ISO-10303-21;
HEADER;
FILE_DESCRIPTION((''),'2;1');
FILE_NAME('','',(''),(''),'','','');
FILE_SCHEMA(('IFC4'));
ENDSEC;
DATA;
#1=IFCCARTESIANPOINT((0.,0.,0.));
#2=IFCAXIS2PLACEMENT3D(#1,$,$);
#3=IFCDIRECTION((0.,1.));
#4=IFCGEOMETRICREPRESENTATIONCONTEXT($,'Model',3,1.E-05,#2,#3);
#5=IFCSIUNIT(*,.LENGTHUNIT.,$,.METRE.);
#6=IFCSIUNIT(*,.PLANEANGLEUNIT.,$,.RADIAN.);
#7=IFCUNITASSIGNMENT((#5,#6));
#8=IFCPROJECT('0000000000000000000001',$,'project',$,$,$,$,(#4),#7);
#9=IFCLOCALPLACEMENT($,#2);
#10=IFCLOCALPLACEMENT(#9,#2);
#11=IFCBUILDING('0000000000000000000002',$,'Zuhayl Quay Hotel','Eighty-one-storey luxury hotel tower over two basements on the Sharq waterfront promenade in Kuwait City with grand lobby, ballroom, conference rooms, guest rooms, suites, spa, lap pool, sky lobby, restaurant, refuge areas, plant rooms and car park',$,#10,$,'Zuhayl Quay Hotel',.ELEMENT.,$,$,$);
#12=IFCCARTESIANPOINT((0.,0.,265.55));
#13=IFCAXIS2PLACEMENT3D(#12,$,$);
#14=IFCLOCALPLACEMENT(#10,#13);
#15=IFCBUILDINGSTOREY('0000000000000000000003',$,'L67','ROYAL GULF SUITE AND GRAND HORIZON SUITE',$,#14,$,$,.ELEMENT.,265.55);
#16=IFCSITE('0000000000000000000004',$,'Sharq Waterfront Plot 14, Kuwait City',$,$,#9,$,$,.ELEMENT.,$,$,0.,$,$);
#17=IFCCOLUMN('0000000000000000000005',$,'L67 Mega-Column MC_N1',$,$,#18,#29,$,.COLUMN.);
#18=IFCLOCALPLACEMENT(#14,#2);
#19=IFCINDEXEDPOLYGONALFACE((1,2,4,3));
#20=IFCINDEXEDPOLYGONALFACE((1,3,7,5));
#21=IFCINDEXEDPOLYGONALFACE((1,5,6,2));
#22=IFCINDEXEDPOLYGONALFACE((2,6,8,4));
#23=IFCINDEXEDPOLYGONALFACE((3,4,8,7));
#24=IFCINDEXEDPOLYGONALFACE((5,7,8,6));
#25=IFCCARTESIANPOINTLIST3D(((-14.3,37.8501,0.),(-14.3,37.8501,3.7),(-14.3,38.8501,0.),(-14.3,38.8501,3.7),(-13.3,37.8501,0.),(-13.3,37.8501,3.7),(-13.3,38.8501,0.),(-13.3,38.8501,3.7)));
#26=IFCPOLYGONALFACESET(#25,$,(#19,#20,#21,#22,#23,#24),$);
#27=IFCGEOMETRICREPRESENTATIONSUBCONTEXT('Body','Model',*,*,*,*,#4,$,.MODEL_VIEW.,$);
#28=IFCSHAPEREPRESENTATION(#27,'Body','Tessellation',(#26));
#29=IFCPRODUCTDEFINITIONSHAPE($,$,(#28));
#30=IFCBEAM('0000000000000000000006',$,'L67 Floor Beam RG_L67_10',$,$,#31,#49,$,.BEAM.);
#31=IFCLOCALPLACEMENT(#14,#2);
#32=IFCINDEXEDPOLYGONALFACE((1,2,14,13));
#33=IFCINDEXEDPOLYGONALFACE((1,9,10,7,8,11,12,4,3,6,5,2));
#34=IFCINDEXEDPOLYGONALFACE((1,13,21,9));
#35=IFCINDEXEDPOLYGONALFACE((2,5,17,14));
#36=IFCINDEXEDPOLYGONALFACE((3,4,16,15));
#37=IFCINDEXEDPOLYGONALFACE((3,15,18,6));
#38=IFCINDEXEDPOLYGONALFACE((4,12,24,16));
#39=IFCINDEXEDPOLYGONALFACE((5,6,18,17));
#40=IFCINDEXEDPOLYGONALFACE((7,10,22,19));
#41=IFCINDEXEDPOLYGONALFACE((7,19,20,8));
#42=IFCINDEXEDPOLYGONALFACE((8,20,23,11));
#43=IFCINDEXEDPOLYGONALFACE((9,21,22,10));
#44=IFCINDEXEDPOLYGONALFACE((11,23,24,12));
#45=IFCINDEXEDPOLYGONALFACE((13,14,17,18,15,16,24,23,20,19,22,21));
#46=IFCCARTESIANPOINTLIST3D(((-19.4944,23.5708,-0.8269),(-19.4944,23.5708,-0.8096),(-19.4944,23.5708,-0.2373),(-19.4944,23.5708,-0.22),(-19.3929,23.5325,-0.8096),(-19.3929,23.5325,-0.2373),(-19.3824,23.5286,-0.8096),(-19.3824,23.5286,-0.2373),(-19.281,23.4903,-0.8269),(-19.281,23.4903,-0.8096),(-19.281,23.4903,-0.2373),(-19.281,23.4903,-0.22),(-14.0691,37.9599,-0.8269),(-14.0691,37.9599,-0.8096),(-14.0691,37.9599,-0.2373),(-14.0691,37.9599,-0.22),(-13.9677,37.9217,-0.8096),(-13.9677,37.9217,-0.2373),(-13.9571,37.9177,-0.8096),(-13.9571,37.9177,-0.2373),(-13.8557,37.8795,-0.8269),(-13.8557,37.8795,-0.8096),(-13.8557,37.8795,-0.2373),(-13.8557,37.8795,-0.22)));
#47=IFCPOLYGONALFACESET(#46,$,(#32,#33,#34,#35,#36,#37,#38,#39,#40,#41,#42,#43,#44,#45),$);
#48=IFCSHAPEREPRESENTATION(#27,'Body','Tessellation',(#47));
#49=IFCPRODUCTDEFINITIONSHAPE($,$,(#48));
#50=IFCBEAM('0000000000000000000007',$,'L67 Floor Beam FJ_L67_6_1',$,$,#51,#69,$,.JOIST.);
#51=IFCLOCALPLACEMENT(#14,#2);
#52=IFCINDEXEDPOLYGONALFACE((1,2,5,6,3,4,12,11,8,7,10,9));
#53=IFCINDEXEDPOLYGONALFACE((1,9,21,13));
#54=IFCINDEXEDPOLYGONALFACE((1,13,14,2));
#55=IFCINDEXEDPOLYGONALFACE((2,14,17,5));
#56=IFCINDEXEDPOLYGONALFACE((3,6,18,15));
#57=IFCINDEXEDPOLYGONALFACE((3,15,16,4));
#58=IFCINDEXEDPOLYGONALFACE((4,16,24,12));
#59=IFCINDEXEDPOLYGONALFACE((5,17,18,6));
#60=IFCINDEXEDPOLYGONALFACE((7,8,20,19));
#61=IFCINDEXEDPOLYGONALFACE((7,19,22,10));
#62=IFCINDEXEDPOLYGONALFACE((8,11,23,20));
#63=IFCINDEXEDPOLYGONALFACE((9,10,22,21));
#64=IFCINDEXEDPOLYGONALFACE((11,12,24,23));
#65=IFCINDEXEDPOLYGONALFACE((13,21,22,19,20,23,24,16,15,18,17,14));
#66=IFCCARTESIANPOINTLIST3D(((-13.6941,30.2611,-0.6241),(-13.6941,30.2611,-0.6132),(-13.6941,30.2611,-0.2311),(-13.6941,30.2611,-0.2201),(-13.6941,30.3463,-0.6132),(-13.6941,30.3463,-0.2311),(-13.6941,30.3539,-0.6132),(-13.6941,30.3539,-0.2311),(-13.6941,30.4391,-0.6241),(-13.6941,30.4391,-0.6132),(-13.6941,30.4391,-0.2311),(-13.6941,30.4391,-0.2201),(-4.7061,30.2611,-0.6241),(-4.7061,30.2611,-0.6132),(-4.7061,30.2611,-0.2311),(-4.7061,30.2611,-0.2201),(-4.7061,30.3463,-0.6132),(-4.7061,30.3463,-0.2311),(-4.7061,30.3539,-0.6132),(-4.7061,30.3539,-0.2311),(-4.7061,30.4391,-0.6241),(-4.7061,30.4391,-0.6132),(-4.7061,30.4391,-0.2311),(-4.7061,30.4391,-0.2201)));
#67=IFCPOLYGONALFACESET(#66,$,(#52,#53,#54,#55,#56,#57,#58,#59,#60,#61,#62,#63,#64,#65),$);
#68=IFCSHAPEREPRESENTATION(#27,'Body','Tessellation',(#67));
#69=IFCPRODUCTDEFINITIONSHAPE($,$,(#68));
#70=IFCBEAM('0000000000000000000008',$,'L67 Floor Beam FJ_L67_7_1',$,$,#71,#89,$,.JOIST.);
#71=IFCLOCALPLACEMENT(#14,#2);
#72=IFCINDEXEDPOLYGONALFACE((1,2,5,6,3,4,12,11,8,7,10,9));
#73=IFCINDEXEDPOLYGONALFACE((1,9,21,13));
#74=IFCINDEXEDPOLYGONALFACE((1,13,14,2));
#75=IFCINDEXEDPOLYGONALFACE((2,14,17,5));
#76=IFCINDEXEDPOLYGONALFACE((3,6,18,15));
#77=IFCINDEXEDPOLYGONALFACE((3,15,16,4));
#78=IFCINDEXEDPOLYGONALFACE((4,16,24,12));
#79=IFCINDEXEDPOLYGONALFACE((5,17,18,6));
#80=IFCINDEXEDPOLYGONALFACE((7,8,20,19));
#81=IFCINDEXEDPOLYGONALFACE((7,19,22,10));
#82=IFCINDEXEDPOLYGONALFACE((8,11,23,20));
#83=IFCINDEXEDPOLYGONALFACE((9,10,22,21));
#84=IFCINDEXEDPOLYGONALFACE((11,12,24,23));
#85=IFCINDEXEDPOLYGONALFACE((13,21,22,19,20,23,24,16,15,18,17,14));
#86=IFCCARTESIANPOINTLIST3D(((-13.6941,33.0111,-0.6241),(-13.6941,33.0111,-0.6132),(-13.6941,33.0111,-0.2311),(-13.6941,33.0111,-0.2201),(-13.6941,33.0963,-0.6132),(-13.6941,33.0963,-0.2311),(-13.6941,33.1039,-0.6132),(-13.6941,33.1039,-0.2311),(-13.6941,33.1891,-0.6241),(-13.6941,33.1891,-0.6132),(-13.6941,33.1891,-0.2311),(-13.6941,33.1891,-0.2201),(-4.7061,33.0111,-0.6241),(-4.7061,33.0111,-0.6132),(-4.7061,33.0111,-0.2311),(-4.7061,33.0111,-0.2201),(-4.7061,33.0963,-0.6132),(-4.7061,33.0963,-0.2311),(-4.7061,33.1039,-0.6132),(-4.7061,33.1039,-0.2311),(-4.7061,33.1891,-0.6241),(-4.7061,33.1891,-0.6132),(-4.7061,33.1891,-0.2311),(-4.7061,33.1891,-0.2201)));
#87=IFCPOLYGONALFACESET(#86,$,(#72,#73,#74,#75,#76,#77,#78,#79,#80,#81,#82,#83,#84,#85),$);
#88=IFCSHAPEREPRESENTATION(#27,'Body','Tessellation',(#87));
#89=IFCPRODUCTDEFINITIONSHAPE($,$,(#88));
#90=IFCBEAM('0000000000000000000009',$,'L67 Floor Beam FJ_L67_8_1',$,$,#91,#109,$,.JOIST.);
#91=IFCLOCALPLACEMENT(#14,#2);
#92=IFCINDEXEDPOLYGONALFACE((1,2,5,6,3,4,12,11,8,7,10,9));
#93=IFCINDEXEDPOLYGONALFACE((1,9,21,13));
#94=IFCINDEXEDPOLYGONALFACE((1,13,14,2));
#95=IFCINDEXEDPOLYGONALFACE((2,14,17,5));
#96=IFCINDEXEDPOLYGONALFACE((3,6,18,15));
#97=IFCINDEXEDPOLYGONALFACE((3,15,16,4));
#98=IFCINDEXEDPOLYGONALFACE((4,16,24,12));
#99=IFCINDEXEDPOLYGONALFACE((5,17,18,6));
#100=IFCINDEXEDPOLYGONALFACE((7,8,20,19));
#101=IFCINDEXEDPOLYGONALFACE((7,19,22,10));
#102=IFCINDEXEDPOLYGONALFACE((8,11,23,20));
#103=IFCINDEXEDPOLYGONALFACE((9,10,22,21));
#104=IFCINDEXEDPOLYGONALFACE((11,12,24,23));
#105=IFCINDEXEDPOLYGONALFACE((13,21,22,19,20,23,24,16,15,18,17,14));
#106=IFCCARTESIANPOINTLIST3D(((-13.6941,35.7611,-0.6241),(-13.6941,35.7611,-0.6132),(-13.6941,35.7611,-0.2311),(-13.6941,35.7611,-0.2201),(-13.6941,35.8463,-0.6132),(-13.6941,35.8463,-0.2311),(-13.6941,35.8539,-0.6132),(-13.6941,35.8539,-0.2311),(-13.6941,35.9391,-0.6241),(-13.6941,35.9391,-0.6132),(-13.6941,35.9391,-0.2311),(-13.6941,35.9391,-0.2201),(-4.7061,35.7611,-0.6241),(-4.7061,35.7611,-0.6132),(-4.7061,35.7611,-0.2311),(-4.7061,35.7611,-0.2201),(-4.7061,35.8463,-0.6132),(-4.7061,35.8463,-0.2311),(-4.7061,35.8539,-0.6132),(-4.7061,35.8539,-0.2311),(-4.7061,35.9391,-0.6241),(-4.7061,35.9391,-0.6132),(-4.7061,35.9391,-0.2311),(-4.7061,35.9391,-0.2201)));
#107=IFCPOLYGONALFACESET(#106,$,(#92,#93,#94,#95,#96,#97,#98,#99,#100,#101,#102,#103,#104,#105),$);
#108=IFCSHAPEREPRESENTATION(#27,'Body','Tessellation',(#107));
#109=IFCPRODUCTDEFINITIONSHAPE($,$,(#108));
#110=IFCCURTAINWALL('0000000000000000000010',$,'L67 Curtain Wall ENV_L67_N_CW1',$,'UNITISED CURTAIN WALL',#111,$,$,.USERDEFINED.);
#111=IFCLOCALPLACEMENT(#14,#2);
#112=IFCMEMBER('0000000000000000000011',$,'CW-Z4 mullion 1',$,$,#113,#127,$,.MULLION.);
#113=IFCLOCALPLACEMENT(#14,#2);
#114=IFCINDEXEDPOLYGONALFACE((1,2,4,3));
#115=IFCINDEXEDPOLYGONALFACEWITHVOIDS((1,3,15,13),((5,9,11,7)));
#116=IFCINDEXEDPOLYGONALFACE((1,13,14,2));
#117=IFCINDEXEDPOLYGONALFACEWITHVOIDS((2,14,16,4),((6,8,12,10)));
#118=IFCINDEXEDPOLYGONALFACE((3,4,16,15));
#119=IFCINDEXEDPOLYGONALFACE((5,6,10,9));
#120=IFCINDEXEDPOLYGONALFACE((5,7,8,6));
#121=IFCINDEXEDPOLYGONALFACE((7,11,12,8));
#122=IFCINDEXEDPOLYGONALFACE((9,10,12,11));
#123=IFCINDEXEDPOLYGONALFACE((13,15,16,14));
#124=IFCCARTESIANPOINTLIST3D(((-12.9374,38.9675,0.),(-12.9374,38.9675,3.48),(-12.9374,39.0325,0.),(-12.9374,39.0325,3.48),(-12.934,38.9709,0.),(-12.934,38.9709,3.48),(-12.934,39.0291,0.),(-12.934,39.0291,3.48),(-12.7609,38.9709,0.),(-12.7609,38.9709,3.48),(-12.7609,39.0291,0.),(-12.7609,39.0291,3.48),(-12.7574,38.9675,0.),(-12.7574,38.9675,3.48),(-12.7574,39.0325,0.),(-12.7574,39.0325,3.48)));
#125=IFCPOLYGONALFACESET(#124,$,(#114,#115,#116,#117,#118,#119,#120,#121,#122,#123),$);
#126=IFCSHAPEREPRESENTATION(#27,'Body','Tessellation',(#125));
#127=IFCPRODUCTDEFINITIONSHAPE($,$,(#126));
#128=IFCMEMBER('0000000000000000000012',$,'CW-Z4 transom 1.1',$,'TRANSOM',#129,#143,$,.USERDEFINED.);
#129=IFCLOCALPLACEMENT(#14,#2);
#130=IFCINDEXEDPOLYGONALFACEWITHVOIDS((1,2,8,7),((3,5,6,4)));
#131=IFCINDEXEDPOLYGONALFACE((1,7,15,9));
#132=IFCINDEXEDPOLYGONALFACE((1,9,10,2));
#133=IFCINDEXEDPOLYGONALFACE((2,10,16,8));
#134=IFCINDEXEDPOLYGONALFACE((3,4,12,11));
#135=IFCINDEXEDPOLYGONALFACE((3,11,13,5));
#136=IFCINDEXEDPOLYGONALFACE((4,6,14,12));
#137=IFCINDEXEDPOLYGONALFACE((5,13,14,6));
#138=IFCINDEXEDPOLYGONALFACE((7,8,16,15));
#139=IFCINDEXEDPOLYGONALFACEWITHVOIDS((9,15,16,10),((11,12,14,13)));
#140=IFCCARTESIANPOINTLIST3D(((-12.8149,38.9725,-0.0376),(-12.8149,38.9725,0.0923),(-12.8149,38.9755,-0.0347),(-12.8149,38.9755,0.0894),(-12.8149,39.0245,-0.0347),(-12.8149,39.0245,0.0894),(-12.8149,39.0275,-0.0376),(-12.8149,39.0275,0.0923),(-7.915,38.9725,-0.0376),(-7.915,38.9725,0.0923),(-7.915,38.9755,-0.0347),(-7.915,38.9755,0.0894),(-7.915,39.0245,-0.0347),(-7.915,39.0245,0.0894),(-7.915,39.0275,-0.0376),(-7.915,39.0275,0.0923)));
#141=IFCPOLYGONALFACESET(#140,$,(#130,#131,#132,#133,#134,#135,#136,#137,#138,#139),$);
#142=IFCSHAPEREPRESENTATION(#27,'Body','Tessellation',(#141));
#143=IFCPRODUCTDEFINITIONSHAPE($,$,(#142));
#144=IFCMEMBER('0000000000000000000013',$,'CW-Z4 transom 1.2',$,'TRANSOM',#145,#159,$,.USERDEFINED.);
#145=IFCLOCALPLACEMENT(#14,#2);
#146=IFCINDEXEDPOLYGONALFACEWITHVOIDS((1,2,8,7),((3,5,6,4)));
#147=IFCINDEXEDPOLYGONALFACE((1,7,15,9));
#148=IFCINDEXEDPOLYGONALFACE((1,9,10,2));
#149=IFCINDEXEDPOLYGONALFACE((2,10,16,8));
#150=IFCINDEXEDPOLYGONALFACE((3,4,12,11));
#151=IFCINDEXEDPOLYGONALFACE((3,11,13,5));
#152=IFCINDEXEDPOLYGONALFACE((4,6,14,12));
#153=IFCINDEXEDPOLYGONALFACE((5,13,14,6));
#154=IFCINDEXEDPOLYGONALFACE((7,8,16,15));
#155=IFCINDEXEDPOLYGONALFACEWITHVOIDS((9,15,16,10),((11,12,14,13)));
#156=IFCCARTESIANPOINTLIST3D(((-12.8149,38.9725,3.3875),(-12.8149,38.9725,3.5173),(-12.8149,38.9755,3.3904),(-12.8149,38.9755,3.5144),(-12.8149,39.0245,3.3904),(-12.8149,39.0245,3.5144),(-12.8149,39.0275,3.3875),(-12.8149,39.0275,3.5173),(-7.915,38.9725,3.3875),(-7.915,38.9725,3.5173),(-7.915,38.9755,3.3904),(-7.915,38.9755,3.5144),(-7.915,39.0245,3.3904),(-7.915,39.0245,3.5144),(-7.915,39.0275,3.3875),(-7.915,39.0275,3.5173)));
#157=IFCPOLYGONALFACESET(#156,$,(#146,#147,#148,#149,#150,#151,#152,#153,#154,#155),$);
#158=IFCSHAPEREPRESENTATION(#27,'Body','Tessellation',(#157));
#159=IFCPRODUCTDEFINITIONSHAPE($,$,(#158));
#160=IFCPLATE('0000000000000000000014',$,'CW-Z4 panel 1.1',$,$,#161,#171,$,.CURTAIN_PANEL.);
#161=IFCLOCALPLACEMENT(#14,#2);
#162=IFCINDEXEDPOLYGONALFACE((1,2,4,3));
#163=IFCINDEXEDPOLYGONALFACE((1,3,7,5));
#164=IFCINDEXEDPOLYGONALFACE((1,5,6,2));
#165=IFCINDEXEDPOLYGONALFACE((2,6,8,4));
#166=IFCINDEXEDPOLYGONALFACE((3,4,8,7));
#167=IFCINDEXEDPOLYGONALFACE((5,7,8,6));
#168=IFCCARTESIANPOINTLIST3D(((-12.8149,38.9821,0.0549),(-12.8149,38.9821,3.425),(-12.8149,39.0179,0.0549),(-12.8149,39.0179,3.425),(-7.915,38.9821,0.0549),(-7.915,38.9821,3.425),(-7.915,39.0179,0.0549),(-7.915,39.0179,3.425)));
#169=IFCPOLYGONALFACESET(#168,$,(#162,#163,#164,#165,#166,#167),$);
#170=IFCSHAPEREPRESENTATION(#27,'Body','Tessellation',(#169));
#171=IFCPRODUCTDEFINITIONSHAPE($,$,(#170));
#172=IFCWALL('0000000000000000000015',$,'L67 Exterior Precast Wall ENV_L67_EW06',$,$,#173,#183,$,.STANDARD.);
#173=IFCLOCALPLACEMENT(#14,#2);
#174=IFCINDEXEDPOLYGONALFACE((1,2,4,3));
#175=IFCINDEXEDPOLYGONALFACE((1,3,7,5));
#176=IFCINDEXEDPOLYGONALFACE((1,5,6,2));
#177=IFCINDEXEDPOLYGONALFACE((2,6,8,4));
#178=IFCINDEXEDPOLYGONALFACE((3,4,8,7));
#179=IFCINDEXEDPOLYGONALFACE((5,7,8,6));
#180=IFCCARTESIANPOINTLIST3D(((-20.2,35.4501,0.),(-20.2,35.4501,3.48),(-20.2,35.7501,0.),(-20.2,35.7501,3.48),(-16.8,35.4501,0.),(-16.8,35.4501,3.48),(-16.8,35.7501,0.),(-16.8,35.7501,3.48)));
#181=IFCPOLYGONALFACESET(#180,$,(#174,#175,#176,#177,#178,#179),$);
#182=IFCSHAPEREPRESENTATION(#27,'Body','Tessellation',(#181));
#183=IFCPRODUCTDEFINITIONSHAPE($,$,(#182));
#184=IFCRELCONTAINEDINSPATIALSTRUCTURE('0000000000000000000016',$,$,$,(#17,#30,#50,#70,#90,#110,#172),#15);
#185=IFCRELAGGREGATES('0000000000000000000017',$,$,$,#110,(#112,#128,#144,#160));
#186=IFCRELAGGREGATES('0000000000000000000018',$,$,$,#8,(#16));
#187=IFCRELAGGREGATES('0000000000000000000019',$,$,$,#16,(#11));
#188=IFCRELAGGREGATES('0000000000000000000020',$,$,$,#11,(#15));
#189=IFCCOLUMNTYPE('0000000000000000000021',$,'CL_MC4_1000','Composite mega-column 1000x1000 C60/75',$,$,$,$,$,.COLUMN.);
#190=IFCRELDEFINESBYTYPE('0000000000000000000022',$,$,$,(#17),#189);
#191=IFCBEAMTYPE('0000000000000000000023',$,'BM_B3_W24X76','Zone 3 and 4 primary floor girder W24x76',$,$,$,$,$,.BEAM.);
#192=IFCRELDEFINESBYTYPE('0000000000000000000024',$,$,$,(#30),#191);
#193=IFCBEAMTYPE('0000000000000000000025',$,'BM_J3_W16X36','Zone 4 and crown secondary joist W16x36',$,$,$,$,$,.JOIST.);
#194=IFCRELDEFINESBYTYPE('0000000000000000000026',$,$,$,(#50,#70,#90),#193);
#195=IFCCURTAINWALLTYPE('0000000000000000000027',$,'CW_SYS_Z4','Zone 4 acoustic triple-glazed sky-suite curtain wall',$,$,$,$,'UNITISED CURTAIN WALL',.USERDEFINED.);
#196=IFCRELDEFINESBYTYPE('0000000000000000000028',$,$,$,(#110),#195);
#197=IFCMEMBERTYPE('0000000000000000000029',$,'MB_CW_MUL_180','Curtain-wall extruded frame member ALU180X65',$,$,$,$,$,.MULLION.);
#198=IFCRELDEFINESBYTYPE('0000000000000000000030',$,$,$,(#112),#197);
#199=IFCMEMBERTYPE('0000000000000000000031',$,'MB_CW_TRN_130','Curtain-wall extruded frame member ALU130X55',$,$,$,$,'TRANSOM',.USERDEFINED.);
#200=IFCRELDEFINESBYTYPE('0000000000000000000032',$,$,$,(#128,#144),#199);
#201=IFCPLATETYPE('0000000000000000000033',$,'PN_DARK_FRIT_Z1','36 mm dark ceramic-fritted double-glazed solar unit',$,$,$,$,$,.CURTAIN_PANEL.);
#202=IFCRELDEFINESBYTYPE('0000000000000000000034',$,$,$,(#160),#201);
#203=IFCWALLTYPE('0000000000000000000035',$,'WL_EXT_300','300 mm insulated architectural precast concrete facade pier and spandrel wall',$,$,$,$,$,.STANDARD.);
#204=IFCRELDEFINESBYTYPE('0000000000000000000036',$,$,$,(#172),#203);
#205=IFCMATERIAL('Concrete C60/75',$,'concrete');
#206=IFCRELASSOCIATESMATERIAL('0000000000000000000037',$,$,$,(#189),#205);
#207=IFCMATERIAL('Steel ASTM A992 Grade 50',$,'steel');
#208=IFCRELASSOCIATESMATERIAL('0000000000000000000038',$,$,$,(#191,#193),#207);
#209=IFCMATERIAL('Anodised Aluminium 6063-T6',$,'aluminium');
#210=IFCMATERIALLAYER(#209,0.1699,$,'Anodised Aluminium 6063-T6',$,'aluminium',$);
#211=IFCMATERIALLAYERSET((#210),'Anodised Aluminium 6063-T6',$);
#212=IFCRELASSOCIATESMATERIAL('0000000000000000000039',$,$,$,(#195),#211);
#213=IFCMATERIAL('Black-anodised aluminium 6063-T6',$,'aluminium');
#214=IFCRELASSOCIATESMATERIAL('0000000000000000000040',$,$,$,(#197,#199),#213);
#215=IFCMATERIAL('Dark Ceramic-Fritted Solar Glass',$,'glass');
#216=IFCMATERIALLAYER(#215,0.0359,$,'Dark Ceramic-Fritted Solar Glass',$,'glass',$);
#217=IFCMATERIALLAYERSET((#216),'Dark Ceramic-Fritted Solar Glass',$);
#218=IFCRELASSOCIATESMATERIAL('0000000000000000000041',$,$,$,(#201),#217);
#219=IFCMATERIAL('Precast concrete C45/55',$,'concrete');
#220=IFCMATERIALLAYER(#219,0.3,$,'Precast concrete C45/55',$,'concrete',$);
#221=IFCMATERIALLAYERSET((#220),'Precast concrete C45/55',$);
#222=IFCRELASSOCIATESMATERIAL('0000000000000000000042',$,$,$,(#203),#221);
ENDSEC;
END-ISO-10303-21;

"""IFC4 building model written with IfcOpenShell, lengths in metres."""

from ifc_helpers import new_model, si_unit, direction, frame, frame_2d, origin, origin_2d, place, context, subcontext, project, spatial, rectangle, hollow_rectangle, i_section, extrude, material, layer, layer_set, material_profile, profile_set, type_object, element, aggregate, save


model = new_model("IFC4")

# Units and contexts
model_context = context("Model", 3, precision=1e-05, world=origin(), true_north=direction((0.0, 1.0)))
body_context = subcontext(model_context, "Body", "Model", "MODEL_VIEW")
ifc_project = project(units=[si_unit("LENGTHUNIT", "METRE"), si_unit("PLANEANGLEUNIT", "RADIAN")], contexts=[model_context])

# Site, building, storey
site_placement = place(None, origin())
site = spatial("IfcSite", under=ifc_project, at=site_placement, Name="Sharq Waterfront Plot 14, Kuwait City", CompositionType="ELEMENT", RefElevation=0.0)
building_placement = place(site_placement, origin())
building = spatial("IfcBuilding", under=site, at=building_placement, Name="Zuhayl Quay Hotel", Description="Eighty-one-storey luxury hotel tower over two basements on the Sharq waterfront promenade in Kuwait City with grand lobby, ballroom, conference rooms, guest rooms, suites, spa, lap pool, sky lobby, restaurant, refuge areas, plant rooms and car park", LongName="Zuhayl Quay Hotel", CompositionType="ELEMENT")
storey_placement = place(building_placement, frame((0.0, 0.0, 265.55)))
storey = spatial("IfcBuildingStorey", under=building, at=storey_placement, Name="L67", Description="ROYAL GULF SUITE AND GRAND HORIZON SUITE", CompositionType="ELEMENT", Elevation=265.55)

# Column
ifc_material_1 = material(Name="Concrete C60/75", Category="concrete")
ifc_material_profile_1 = material_profile(ifc_material_1, rectangle(XDim=1.0, YDim=1.0, at=origin_2d()), Name="RC1000X1000")
ifc_profile_set_1 = profile_set([ifc_material_profile_1], Name="Concrete C60/75")
column_type = type_object("IfcColumnType", Name="CL_MC4_1000", Description="Composite mega-column 1000x1000 C60/75", PredefinedType="COLUMN", material=ifc_profile_set_1)
column_placement = place(storey_placement, frame((-13.8, 38.3501, 0.0), z_axis=(0.0, 0.0, 1.0), x_axis=(1.0, 0.0, 0.0)))
element("IfcColumn", 1, at=column_placement, inside=storey, type_object=column_type, Name="L67 Mega-Column MC_N1", PredefinedType="COLUMN", context=body_context, shape_type="SweptSolid", body=[
    extrude(rectangle(XDim=1.0, YDim=1.0, at=origin_2d()), origin(), (0.0, 0.0, 1.0), 3.7),
])

# Beams
ifc_material_2 = material(Name="Steel ASTM A992 Grade 50", Category="steel")
ifc_material_profile_2 = material_profile(ifc_material_2, i_section(OverallWidth=0.228, OverallDepth=0.6069, WebThickness=0.0112, FlangeThickness=0.0173, at=origin_2d()), Name="W24X76")
ifc_profile_set_2 = profile_set([ifc_material_profile_2], Name="Steel ASTM A992 Grade 50")
beam_type_1 = type_object("IfcBeamType", Name="BM_B3_W24X76", Description="Zone 3 and 4 primary floor girder W24x76", PredefinedType="BEAM", material=ifc_profile_set_2)
beam_placement = place(storey_placement, frame((-13.9624, 37.9197, -0.5234), z_axis=(-0.352797, -0.9357, 0.0), x_axis=(0.9357, -0.352797, 0.0)))
element("IfcBeam", 2, at=beam_placement, inside=storey, type_object=beam_type_1, Name="L67 Floor Beam RG_L67_10", PredefinedType="BEAM", context=body_context, shape_type="SweptSolid", body=[
    extrude(i_section(OverallWidth=0.228, OverallDepth=0.6069, WebThickness=0.0112, FlangeThickness=0.0173, at=origin_2d()), origin(), (0.0, 0.0, 1.0), 15.3779),
])
ifc_material_profile_3 = material_profile(ifc_material_2, i_section(OverallWidth=0.178, OverallDepth=0.4041, WebThickness=0.0076, FlangeThickness=0.011, at=origin_2d()), Name="W16X36")
ifc_profile_set_3 = profile_set([ifc_material_profile_3], Name="Steel ASTM A992 Grade 50")
beam_type_2 = type_object("IfcBeamType", Name="BM_J3_W16X36", Description="Zone 4 and crown secondary joist W16x36", PredefinedType="JOIST", material=ifc_profile_set_3)
for number, where, z_axis, x_axis, name in (
    (3, (-13.6941, 30.3501, -0.4221), (1.0, 0.0, 0.0), (0.0, 1.0, 0.0), "L67 Floor Beam FJ_L67_6_1"),
    (4, (-13.6941, 33.1001, -0.4221), (1.0, 0.0, 0.0), (0.0, 1.0, 0.0), "L67 Floor Beam FJ_L67_7_1"),
    (5, (-13.6941, 35.8501, -0.4221), (1.0, 0.0, 0.0), (0.0, 1.0, 0.0), "L67 Floor Beam FJ_L67_8_1"),
):
    element("IfcBeam", number, at=place(storey_placement, frame(where, z_axis=z_axis, x_axis=x_axis)), inside=storey, type_object=beam_type_2, Name=name, PredefinedType="JOIST", context=body_context, shape_type="SweptSolid", body=[
        extrude(i_section(OverallWidth=0.178, OverallDepth=0.4041, WebThickness=0.0076, FlangeThickness=0.011, at=origin_2d()), origin(), (0.0, 0.0, 1.0), 8.988),
    ])

# Curtain wall, members, plate
ifc_material_3 = material(Name="Anodised Aluminium 6063-T6", Category="aluminium")
ifc_layer_1 = layer(ifc_material_3, 0.1699, Name="Anodised Aluminium 6063-T6", Category="aluminium")
ifc_layer_set_1 = layer_set([ifc_layer_1], Name="Anodised Aluminium 6063-T6")
curtain_wall_type = type_object("IfcCurtainWallType", Name="CW_SYS_Z4", Description="Zone 4 acoustic triple-glazed sky-suite curtain wall", ElementType="UNITISED CURTAIN WALL", PredefinedType="USERDEFINED", material=ifc_layer_set_1)
curtain_wall_placement = place(storey_placement, origin())
curtain_wall = element("IfcCurtainWall", 6, at=curtain_wall_placement, inside=storey, type_object=curtain_wall_type, Name="L67 Curtain Wall ENV_L67_N_CW1", ObjectType="UNITISED CURTAIN WALL", PredefinedType="USERDEFINED")
ifc_material_4 = material(Name="Black-anodised aluminium 6063-T6", Category="aluminium")
ifc_material_profile_4 = material_profile(ifc_material_4, hollow_rectangle(XDim=0.0649, YDim=0.1799, WallThickness=0.0034, at=origin_2d()), Name="ALU180X65")
ifc_profile_set_4 = profile_set([ifc_material_profile_4], Name="Black-anodised aluminium 6063-T6")
member_type_1 = type_object("IfcMemberType", Name="MB_CW_MUL_180", Description="Curtain-wall extruded frame member ALU180X65", PredefinedType="MULLION", material=ifc_profile_set_4)
member_1_placement = place(storey_placement, frame((-12.8474, 39.0, 0.0), z_axis=(0.0, 0.0, 1.0), x_axis=(0.0, 1.0, 0.0)))
member_1 = element("IfcMember", 7, at=member_1_placement, type_object=member_type_1, Name="CW-Z4 mullion 1", PredefinedType="MULLION", context=body_context, shape_type="SweptSolid", body=[
    extrude(hollow_rectangle(XDim=0.0649, YDim=0.1799, WallThickness=0.0034, at=origin_2d()), origin(), (0.0, 0.0, 1.0), 3.48),
])
ifc_material_profile_5 = material_profile(ifc_material_4, hollow_rectangle(XDim=0.0549, YDim=0.1299, WallThickness=0.0029, at=origin_2d()), Name="ALU130X55")
ifc_profile_set_5 = profile_set([ifc_material_profile_5], Name="Black-anodised aluminium 6063-T6")
member_type_2 = type_object("IfcMemberType", Name="MB_CW_TRN_130", Description="Curtain-wall extruded frame member ALU130X55", ElementType="TRANSOM", PredefinedType="USERDEFINED", material=ifc_profile_set_5)
member_2_placement = place(storey_placement, frame((-12.8149, 39.0, 0.0273), z_axis=(1.0, 0.0, 0.0), x_axis=(0.0, 1.0, 0.0)))
member_2 = element("IfcMember", 8, at=member_2_placement, type_object=member_type_2, Name="CW-Z4 transom 1.1", ObjectType="TRANSOM", PredefinedType="USERDEFINED", context=body_context, shape_type="SweptSolid", body=[
    extrude(hollow_rectangle(XDim=0.0549, YDim=0.1299, WallThickness=0.0029, at=origin_2d()), origin(), (0.0, 0.0, 1.0), 4.8999),
])
member_3_placement = place(storey_placement, frame((-12.8149, 39.0, 3.4524), z_axis=(1.0, 0.0, 0.0), x_axis=(0.0, 1.0, 0.0)))
member_3 = element("IfcMember", 9, at=member_3_placement, type_object=member_type_2, Name="CW-Z4 transom 1.2", ObjectType="TRANSOM", PredefinedType="USERDEFINED", context=body_context, shape_type="SweptSolid", body=[
    extrude(hollow_rectangle(XDim=0.0549, YDim=0.1299, WallThickness=0.0029, at=origin_2d()), origin(), (0.0, 0.0, 1.0), 4.8999),
])
ifc_material_5 = material(Name="Dark Ceramic-Fritted Solar Glass", Category="glass")
ifc_layer_2 = layer(ifc_material_5, 0.0359, Name="Dark Ceramic-Fritted Solar Glass", Category="glass")
ifc_layer_set_2 = layer_set([ifc_layer_2], Name="Dark Ceramic-Fritted Solar Glass")
plate_type = type_object("IfcPlateType", Name="PN_DARK_FRIT_Z1", Description="36 mm dark ceramic-fritted double-glazed solar unit", PredefinedType="CURTAIN_PANEL", material=ifc_layer_set_2)
plate_placement = place(storey_placement, frame((-10.365, 39.0, 0.0549), z_axis=(0.0, 0.0, 1.0), x_axis=(1.0, 0.0, 0.0)))
plate = element("IfcPlate", 10, at=plate_placement, type_object=plate_type, Name="CW-Z4 panel 1.1", PredefinedType="CURTAIN_PANEL", context=body_context, shape_type="SweptSolid", body=[
    extrude(rectangle(XDim=4.8999, YDim=0.0359, at=origin_2d()), origin(), (0.0, 0.0, 1.0), 3.3701),
])
aggregate(curtain_wall, [member_1, member_2, member_3, plate])

# Wall
ifc_material_6 = material(Name="Precast concrete C45/55", Category="concrete")
ifc_layer_3 = layer(ifc_material_6, 0.3, Name="Precast concrete C45/55", Category="concrete")
ifc_layer_set_3 = layer_set([ifc_layer_3], Name="Precast concrete C45/55")
wall_type_1 = type_object("IfcWallType", Name="WL_EXT_300", Description="300 mm insulated architectural precast concrete facade pier and spandrel wall", PredefinedType="STANDARD", material=ifc_layer_set_3)
for number, where, z_axis, x_axis, name in (
    (11, (-20.2, 35.6001, 0.0), (0.0, 0.0, 1.0), (1.0, 0.0, 0.0), "L67 Exterior Precast Wall ENV_L67_EW06"),
):
    element("IfcWall", number, at=place(storey_placement, frame(where, z_axis=z_axis, x_axis=x_axis)), inside=storey, type_object=wall_type_1, Name=name, PredefinedType="STANDARD", context=body_context, shape_type="SweptSolid", body=[
        extrude(rectangle(XDim=3.3999, YDim=0.3, at=frame_2d((1.7, 0.0))), origin(), (0.0, 0.0, 1.0), 3.48),
    ])

save(model, "model.ifc")
